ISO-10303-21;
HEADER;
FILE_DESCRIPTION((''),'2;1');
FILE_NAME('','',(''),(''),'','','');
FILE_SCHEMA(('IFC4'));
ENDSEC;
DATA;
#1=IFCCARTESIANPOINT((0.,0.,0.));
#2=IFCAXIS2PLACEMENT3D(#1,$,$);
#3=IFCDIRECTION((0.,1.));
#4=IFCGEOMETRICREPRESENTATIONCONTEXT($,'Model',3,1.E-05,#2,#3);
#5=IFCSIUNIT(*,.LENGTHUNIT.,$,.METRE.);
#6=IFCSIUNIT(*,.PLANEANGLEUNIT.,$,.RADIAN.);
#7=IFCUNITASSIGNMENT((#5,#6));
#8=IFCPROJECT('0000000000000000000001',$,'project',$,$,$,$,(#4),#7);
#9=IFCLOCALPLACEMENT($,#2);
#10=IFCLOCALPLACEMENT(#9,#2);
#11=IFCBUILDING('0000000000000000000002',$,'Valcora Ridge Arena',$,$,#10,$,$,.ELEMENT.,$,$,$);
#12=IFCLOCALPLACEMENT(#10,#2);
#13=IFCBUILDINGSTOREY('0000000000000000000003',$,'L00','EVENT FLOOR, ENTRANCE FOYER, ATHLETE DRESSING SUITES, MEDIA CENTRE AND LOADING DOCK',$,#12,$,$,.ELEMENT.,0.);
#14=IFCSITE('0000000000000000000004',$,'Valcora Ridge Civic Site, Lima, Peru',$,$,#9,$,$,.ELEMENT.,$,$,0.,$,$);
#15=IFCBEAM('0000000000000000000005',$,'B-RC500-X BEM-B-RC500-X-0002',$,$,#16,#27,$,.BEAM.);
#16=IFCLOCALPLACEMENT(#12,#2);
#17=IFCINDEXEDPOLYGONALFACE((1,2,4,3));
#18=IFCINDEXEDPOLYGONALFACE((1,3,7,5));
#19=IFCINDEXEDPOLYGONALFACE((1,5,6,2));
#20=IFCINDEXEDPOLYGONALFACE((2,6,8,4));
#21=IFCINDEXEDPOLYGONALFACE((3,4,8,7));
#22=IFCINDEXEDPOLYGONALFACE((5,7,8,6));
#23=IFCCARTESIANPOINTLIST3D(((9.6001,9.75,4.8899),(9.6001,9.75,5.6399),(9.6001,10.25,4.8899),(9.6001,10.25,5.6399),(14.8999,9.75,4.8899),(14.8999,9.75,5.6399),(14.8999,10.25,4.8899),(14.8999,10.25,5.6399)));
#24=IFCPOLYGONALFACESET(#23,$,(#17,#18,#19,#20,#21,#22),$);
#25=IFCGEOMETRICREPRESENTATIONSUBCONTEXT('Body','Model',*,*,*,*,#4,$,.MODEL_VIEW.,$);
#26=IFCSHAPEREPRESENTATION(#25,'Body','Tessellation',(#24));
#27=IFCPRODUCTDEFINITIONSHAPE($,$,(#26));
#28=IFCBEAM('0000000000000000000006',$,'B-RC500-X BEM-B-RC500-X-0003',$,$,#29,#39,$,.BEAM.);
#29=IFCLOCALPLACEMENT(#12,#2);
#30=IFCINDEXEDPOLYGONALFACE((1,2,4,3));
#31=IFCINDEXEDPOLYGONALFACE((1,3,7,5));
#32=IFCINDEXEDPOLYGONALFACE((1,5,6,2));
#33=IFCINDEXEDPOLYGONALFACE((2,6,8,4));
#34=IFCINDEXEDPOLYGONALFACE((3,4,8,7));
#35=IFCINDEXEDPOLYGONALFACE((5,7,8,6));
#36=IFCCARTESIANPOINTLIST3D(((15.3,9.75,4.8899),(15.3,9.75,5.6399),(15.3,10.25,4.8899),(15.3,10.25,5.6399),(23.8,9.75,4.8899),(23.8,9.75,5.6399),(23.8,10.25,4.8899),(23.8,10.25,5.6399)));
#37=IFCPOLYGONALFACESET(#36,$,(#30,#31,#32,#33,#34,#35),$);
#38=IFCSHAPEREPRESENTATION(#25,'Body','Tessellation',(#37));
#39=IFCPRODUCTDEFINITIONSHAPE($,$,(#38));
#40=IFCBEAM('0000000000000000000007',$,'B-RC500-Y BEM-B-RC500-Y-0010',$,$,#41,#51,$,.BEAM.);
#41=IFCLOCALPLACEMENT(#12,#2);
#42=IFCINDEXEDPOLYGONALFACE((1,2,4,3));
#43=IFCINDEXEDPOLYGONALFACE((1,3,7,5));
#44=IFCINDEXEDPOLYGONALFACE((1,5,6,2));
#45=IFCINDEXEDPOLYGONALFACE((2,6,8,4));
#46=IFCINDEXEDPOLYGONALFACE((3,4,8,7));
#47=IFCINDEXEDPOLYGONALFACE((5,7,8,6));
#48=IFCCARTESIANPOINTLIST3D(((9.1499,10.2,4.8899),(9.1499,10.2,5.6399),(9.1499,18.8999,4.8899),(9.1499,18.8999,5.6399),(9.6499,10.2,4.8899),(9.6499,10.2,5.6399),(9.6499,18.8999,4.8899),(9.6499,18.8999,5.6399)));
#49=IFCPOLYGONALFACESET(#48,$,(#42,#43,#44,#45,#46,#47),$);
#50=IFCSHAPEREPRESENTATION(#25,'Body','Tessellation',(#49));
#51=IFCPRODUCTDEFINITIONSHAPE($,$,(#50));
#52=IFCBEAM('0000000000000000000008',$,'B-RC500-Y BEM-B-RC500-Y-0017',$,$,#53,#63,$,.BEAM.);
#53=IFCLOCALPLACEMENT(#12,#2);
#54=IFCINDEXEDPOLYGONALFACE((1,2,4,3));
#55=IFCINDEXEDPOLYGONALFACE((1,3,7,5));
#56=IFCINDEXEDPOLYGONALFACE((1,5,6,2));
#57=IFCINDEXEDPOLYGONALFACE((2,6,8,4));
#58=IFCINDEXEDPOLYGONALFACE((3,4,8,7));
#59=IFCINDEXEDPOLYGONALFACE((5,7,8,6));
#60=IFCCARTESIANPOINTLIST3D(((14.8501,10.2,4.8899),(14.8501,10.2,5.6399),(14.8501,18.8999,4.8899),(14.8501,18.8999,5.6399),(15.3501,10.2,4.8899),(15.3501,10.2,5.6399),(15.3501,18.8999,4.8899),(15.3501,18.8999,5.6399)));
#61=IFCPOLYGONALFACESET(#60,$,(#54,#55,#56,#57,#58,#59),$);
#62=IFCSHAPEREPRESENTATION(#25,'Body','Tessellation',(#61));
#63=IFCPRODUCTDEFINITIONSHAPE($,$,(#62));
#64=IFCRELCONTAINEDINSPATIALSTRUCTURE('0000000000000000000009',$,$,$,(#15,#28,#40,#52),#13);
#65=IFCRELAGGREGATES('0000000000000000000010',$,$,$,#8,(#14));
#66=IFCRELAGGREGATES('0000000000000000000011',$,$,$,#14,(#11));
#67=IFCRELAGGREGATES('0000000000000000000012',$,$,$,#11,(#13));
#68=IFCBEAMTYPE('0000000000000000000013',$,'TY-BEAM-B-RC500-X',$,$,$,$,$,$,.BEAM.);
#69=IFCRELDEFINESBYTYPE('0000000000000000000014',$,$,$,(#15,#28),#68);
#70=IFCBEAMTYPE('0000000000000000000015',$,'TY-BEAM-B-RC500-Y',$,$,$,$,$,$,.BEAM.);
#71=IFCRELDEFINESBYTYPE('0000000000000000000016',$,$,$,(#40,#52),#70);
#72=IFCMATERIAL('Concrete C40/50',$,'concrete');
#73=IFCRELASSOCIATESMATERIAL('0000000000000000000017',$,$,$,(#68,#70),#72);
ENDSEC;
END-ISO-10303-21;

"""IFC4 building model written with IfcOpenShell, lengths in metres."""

from ifc_helpers import new_model, si_unit, direction, frame, origin, origin_2d, place, context, subcontext, project, spatial, rectangle, extrude, material, material_profile, profile_set, type_object, element, save


model = new_model("IFC4")

# Units and contexts
model_context = context("Model", 3, precision=1e-05, world=origin(), true_north=direction((0.0, 1.0)))
body_context = subcontext(model_context, "Body", "Model", "MODEL_VIEW")
ifc_project = project(units=[si_unit("LENGTHUNIT", "METRE"), si_unit("PLANEANGLEUNIT", "RADIAN")], contexts=[model_context])

# Site, building, storey
site_placement = place(None, origin())
site = spatial("IfcSite", under=ifc_project, at=site_placement, Name="Valcora Ridge Civic Site, Lima, Peru", CompositionType="ELEMENT", RefElevation=0.0)
building_placement = place(site_placement, origin())
building = spatial("IfcBuilding", under=site, at=building_placement, Name="Valcora Ridge Arena", CompositionType="ELEMENT")
storey_placement = place(building_placement, origin())
storey = spatial("IfcBuildingStorey", under=building, at=storey_placement, Name="L00", Description="EVENT FLOOR, ENTRANCE FOYER, ATHLETE DRESSING SUITES, MEDIA CENTRE AND LOADING DOCK", CompositionType="ELEMENT", Elevation=0.0)

# Shared definitions
ifc_material_1 = material(Name="Concrete C40/50", Category="concrete")

# Beams
ifc_material_profile_1 = material_profile(ifc_material_1, rectangle(XDim=0.5, YDim=0.75, at=origin_2d()), Name="RC 500x750")
ifc_profile_set_1 = profile_set([ifc_material_profile_1], Name="Concrete C40/50")
beam_type_1 = type_object("IfcBeamType", Name="TY-BEAM-B-RC500-X", PredefinedType="BEAM", material=ifc_profile_set_1)
beam_1_placement = place(storey_placement, frame((9.6001, 10.0, 5.2649), z_axis=(1.0, 0.0, 0.0), x_axis=(0.0, 1.0, 0.0)))
element("IfcBeam", 1, at=beam_1_placement, inside=storey, type_object=beam_type_1, Name="B-RC500-X BEM-B-RC500-X-0002", PredefinedType="BEAM", context=body_context, shape_type="SweptSolid", body=[
    extrude(rectangle(XDim=0.5, YDim=0.75, at=origin_2d()), origin(), (0.0, 0.0, 1.0), 5.2998),
])
beam_2_placement = place(storey_placement, frame((15.3, 10.0, 5.2649), z_axis=(1.0, 0.0, 0.0), x_axis=(0.0, 1.0, 0.0)))
element("IfcBeam", 2, at=beam_2_placement, inside=storey, type_object=beam_type_1, Name="B-RC500-X BEM-B-RC500-X-0003", PredefinedType="BEAM", context=body_context, shape_type="SweptSolid", body=[
    extrude(rectangle(XDim=0.5, YDim=0.75, at=origin_2d()), origin(), (0.0, 0.0, 1.0), 8.5),
])
ifc_material_profile_2 = material_profile(ifc_material_1, rectangle(XDim=0.5, YDim=0.75, at=origin_2d()), Name="RC 500x750")
ifc_profile_set_2 = profile_set([ifc_material_profile_2], Name="Concrete C40/50")
beam_type_2 = type_object("IfcBeamType", Name="TY-BEAM-B-RC500-Y", PredefinedType="BEAM", material=ifc_profile_set_2)
for number, where, z_axis, x_axis, name in (
    (3, (9.3999, 10.2, 5.2649), (0.0, 1.0, 0.0), (-1.0, 0.0, 0.0), "B-RC500-Y BEM-B-RC500-Y-0010"),
    (4, (15.1001, 10.2, 5.2649), (0.0, 1.0, 0.0), (-1.0, 0.0, 0.0), "B-RC500-Y BEM-B-RC500-Y-0017"),
):
    element("IfcBeam", number, at=place(storey_placement, frame(where, z_axis=z_axis, x_axis=x_axis)), inside=storey, type_object=beam_type_2, Name=name, PredefinedType="BEAM", context=body_context, shape_type="SweptSolid", body=[
        extrude(rectangle(XDim=0.5, YDim=0.75, at=origin_2d()), origin(), (0.0, 0.0, 1.0), 8.7),
    ])

save(model, "model.ifc")
